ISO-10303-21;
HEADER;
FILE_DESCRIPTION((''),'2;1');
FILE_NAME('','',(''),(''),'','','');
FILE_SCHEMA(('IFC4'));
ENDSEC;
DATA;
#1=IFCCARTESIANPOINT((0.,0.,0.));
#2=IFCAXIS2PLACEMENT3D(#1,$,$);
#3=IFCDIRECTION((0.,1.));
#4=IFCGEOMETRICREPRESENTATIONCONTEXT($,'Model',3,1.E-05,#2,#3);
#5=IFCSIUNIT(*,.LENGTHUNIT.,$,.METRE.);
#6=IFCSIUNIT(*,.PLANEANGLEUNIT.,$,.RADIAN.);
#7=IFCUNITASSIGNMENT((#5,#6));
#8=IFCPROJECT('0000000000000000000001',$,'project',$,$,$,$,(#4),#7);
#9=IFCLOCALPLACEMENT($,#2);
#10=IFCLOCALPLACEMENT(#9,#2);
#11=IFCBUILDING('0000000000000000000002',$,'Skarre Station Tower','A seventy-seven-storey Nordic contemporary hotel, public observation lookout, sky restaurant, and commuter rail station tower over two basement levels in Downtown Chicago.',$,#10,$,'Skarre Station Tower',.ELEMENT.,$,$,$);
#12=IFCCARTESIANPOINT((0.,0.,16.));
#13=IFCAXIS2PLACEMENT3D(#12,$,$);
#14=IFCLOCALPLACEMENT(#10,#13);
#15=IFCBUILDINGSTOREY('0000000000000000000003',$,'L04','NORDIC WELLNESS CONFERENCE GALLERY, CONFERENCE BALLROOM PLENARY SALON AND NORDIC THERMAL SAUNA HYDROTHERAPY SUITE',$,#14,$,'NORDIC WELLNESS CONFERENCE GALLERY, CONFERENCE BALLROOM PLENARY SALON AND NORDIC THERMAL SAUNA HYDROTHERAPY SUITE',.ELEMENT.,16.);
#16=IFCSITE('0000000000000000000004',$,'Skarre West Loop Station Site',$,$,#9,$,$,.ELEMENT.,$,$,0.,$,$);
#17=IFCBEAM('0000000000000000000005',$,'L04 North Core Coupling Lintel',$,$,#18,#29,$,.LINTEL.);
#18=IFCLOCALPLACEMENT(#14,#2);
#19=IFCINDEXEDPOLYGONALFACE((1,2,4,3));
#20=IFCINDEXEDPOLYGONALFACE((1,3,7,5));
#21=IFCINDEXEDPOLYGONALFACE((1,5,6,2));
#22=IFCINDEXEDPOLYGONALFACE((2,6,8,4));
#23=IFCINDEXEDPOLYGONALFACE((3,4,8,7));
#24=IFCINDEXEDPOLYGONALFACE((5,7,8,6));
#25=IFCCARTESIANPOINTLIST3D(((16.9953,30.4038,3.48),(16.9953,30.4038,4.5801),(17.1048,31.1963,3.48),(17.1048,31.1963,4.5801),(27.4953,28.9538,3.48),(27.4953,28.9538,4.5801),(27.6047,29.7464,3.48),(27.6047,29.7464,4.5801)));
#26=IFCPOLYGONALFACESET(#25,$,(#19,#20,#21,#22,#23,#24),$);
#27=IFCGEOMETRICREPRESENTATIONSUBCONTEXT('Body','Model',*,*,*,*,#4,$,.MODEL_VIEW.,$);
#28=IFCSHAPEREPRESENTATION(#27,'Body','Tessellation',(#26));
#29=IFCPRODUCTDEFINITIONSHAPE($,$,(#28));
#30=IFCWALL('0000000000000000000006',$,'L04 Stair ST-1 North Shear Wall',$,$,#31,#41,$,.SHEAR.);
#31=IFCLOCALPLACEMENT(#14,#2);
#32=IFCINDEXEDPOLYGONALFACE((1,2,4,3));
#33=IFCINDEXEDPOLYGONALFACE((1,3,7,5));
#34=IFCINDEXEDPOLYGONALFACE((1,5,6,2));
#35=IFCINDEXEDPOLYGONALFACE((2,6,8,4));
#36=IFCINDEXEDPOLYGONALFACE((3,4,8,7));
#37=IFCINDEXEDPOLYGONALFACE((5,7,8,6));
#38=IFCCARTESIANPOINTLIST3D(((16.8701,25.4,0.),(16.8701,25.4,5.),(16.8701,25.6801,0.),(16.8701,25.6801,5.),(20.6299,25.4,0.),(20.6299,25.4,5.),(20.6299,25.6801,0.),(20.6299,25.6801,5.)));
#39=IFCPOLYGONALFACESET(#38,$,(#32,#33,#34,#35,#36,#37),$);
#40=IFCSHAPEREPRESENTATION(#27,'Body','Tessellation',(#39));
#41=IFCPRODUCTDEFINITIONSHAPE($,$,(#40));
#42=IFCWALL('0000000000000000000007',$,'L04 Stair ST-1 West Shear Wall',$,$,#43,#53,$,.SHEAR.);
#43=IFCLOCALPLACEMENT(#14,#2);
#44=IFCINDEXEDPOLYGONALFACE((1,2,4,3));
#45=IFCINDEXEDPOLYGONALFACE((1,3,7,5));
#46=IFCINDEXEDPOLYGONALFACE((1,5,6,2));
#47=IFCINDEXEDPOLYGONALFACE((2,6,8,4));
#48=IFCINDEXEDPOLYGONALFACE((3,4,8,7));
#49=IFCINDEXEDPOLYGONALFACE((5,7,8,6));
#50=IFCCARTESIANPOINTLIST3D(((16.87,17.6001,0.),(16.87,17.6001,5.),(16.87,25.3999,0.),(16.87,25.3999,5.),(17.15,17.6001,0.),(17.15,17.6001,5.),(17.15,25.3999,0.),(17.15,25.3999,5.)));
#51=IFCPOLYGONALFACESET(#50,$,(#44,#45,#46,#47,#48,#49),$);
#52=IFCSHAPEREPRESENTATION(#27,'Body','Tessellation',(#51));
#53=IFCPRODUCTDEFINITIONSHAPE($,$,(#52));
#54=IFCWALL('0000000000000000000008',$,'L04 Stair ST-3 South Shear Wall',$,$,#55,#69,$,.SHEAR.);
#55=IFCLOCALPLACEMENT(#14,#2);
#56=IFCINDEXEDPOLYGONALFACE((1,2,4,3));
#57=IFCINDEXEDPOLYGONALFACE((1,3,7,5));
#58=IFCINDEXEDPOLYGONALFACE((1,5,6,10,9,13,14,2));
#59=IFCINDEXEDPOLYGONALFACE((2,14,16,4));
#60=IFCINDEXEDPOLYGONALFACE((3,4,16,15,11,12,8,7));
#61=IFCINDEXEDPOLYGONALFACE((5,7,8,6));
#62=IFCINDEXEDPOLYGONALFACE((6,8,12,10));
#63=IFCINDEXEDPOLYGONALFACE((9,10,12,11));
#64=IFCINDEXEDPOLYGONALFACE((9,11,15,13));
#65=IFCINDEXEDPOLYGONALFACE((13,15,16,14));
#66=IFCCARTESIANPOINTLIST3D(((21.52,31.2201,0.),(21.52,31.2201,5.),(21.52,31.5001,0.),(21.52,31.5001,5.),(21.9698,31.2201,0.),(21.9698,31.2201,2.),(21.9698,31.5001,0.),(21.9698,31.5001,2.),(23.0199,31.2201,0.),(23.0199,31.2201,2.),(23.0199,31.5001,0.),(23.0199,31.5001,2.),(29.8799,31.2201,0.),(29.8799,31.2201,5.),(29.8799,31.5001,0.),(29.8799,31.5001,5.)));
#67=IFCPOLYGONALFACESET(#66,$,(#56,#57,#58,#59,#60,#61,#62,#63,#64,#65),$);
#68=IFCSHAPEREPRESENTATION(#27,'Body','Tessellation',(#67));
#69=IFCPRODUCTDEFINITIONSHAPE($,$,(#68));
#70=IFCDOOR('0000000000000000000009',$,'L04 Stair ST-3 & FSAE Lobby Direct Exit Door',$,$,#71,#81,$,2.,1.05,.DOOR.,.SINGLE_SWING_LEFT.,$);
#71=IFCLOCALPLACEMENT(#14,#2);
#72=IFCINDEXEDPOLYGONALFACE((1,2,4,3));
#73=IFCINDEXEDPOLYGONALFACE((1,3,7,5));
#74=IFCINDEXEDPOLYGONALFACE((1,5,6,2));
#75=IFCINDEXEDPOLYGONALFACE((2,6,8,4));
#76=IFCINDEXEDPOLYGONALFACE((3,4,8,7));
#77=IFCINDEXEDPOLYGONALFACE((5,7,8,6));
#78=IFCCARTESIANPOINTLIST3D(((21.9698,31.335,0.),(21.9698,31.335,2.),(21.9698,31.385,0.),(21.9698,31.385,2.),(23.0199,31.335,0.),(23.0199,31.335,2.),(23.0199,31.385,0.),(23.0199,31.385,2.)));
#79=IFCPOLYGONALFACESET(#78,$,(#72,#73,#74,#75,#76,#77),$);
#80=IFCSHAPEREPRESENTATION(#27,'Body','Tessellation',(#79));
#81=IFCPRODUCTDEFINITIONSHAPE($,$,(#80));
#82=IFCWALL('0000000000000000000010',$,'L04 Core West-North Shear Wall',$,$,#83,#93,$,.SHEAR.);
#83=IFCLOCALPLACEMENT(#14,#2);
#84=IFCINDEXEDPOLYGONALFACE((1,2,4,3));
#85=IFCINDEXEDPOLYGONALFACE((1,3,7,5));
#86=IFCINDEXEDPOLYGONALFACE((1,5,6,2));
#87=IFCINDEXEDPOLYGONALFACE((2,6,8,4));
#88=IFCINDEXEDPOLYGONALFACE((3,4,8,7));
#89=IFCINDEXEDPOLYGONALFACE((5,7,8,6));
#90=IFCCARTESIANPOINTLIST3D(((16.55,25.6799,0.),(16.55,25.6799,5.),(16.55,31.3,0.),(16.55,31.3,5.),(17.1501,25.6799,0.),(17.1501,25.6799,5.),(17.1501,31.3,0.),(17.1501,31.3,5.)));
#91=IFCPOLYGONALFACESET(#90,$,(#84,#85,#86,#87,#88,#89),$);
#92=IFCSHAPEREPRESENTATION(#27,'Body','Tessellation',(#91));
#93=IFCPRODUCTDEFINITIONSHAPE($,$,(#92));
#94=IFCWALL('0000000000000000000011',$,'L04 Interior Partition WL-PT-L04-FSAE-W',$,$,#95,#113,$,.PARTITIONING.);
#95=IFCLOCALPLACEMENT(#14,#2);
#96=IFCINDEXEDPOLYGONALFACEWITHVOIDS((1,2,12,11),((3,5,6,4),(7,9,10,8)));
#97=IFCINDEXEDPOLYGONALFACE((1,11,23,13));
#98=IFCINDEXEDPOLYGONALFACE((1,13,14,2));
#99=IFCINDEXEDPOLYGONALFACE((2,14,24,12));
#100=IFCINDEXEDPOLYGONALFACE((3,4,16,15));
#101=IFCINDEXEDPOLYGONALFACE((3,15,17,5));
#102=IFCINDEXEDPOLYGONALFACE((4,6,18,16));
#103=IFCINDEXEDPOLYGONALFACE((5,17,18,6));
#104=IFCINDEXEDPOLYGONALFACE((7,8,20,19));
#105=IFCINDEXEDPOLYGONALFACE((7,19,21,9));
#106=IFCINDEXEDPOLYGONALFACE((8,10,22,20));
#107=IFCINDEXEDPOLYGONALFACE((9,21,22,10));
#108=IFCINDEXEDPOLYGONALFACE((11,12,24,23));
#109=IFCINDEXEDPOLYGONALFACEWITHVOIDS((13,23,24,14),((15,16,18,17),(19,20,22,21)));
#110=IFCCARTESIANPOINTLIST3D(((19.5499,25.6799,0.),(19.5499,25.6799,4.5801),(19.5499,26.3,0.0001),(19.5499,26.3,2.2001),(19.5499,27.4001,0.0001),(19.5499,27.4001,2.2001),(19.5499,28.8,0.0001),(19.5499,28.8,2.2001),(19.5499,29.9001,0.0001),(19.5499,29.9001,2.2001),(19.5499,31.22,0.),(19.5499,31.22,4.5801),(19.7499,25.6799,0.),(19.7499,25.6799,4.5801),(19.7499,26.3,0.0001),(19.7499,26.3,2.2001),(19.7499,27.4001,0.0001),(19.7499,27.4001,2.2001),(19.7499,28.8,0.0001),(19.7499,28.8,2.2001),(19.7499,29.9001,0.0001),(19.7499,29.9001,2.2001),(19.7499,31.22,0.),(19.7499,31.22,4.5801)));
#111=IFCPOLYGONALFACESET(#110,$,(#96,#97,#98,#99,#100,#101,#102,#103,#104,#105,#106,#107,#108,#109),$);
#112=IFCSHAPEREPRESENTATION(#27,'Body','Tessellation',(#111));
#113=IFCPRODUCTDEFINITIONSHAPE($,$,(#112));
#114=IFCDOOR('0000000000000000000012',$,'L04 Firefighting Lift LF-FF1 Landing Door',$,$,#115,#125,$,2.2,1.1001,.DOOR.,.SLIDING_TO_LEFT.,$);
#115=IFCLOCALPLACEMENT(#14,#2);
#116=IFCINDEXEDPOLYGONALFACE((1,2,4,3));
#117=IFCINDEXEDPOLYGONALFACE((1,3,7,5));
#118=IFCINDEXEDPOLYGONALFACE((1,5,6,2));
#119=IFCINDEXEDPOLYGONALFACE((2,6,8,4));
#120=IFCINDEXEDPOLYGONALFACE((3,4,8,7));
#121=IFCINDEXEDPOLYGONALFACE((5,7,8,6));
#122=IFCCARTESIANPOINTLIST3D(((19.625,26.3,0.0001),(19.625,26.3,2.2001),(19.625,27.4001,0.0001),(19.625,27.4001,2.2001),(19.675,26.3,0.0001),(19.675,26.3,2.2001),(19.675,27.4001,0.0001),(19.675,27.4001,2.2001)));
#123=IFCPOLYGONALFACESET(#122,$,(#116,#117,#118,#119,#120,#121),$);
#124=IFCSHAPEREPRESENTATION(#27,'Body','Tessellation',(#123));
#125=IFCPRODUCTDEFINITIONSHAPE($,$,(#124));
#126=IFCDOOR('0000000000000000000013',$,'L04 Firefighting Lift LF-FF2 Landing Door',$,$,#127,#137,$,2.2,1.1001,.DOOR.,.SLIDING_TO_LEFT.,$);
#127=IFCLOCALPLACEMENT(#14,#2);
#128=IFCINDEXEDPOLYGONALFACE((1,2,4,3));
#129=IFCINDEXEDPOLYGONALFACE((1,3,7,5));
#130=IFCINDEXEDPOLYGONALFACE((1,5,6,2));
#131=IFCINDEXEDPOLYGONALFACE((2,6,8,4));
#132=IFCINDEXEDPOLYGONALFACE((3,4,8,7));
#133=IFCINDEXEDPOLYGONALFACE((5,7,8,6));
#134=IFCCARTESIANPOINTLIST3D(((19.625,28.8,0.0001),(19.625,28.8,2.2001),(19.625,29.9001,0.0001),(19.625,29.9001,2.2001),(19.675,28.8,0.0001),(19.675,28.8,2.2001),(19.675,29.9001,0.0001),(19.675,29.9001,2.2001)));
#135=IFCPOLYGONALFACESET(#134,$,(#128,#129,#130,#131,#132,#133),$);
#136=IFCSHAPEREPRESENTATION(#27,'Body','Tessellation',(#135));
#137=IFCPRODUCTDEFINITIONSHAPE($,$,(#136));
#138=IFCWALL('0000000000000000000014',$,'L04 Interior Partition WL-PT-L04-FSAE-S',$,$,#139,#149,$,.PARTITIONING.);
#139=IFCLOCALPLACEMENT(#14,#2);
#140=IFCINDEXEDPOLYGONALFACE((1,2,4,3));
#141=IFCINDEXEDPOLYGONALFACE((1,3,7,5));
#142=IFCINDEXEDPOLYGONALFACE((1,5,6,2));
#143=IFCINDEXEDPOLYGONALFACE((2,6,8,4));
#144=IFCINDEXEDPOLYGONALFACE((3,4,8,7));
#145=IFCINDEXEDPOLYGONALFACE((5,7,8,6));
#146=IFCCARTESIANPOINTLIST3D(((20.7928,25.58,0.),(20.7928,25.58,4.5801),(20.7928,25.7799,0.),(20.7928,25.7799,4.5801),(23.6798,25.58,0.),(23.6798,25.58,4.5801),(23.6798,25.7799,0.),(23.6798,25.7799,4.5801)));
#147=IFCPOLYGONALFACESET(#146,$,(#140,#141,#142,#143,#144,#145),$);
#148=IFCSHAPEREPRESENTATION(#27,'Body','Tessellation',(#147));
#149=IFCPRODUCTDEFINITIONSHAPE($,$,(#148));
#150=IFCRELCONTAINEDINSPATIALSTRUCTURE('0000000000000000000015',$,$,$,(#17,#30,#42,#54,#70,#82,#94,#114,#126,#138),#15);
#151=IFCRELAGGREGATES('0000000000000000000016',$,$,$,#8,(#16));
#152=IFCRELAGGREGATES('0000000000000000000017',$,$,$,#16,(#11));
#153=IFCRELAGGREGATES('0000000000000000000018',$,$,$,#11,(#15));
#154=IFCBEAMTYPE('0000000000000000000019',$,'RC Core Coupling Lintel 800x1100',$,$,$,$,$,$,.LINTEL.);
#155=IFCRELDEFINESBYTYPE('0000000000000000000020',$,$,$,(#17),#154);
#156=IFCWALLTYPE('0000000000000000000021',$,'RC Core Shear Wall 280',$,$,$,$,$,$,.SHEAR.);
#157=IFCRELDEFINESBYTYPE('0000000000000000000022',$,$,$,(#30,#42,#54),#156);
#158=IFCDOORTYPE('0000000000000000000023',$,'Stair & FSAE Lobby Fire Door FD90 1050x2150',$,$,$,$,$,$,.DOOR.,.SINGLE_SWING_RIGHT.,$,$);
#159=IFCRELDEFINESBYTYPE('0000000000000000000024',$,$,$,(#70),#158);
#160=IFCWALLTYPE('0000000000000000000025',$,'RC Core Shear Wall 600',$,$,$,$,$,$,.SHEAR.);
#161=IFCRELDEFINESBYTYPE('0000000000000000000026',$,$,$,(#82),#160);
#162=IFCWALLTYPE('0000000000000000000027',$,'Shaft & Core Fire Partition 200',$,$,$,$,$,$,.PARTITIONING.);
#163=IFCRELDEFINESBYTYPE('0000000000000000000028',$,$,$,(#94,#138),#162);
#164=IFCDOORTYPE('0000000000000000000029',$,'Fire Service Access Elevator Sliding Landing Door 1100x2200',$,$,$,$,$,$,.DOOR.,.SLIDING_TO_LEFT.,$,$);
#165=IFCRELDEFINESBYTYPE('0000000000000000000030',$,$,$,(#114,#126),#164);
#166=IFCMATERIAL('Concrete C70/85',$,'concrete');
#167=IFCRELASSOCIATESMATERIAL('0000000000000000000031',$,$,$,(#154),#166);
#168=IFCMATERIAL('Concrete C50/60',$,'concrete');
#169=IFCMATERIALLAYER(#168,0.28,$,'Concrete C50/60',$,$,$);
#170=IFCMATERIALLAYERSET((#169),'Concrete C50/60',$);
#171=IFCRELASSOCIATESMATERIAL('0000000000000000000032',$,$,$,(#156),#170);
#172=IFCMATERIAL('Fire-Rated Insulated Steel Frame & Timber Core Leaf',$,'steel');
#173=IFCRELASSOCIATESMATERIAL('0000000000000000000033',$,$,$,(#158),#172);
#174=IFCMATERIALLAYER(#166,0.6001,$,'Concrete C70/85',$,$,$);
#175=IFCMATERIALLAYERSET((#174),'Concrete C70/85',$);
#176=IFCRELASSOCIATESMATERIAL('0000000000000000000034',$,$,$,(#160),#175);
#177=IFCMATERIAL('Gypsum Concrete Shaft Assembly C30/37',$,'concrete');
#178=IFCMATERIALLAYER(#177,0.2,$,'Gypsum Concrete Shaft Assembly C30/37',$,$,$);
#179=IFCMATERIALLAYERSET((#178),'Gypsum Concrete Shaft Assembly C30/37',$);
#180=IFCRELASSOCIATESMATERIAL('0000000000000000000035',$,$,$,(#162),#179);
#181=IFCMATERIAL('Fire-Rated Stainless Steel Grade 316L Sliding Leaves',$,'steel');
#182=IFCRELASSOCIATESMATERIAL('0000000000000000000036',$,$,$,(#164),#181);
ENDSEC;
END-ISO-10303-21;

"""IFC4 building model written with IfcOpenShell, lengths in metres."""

from ifc_helpers import new_model, si_unit, direction, frame, frame_2d, origin, origin_2d, place, context, subcontext, project, spatial, rectangle, extrude, material, layer, layer_set, material_profile, profile_set, type_object, element, fill, save


model = new_model("IFC4")

# Units and contexts
model_context = context("Model", 3, precision=1e-05, world=origin(), true_north=direction((0.0, 1.0)))
body_context = subcontext(model_context, "Body", "Model", "MODEL_VIEW")
ifc_project = project(units=[si_unit("LENGTHUNIT", "METRE"), si_unit("PLANEANGLEUNIT", "RADIAN")], contexts=[model_context])

# Site, building, storey
site_placement = place(None, origin())
site = spatial("IfcSite", under=ifc_project, at=site_placement, Name="Skarre West Loop Station Site", CompositionType="ELEMENT", RefElevation=0.0)
building_placement = place(site_placement, origin())
building = spatial("IfcBuilding", under=site, at=building_placement, Name="Skarre Station Tower", Description="A seventy-seven-storey Nordic contemporary hotel, public observation lookout, sky restaurant, and commuter rail station tower over two basement levels in Downtown Chicago.", LongName="Skarre Station Tower", CompositionType="ELEMENT")
storey_placement = place(building_placement, frame((0.0, 0.0, 16.0)))
storey = spatial("IfcBuildingStorey", under=building, at=storey_placement, Name="L04", Description="NORDIC WELLNESS CONFERENCE GALLERY, CONFERENCE BALLROOM PLENARY SALON AND NORDIC THERMAL SAUNA HYDROTHERAPY SUITE", LongName="NORDIC WELLNESS CONFERENCE GALLERY, CONFERENCE BALLROOM PLENARY SALON AND NORDIC THERMAL SAUNA HYDROTHERAPY SUITE", CompositionType="ELEMENT", Elevation=16.0)

# Beam
ifc_material_1 = material(Name="Concrete C70/85", Category="concrete")
ifc_material_profile = material_profile(ifc_material_1, rectangle(XDim=0.8, YDim=1.1001, at=origin_2d()), Name="Concrete C70/85")
ifc_profile_set = profile_set([ifc_material_profile], Name="Concrete C70/85")
beam_type = type_object("IfcBeamType", Name="RC Core Coupling Lintel 800x1100", PredefinedType="LINTEL", material=ifc_profile_set)
beam_placement = place(storey_placement, frame((17.05, 30.8, 4.03), z_axis=(0.9906, -0.136792, 0.0), x_axis=(0.136792, 0.9906, 0.0)))
element("IfcBeam", 1, at=beam_placement, inside=storey, type_object=beam_type, Name="L04 North Core Coupling Lintel", PredefinedType="LINTEL", context=body_context, shape_type="SweptSolid", body=[
    extrude(rectangle(XDim=0.8, YDim=1.1001, at=origin_2d()), origin(), (0.0, 0.0, 1.0), 10.5996),
])

# Walls
ifc_material_2 = material(Name="Concrete C50/60", Category="concrete")
ifc_layer_1 = layer(ifc_material_2, 0.28, Name="Concrete C50/60")
ifc_layer_set_1 = layer_set([ifc_layer_1], Name="Concrete C50/60")
wall_type_1 = type_object("IfcWallType", Name="RC Core Shear Wall 280", PredefinedType="SHEAR", material=ifc_layer_set_1)
wall_1_placement = place(storey_placement, frame((20.6299, 25.54, 0.0), z_axis=(0.0, 0.0, 1.0), x_axis=(-1.0, 0.0, 0.0)))
element("IfcWall", 2, at=wall_1_placement, inside=storey, type_object=wall_type_1, Name="L04 Stair ST-1 North Shear Wall", PredefinedType="SHEAR", context=body_context, shape_type="SweptSolid", body=[
    extrude(rectangle(XDim=3.7598, YDim=0.28, at=frame_2d((1.8799, 0.0))), origin(), (0.0, 0.0, 1.0), 5.0),
])
wall_2_placement = place(storey_placement, frame((17.01, 25.3999, 0.0), z_axis=(0.0, 0.0, 1.0), x_axis=(0.0, -1.0, 0.0)))
element("IfcWall", 3, at=wall_2_placement, inside=storey, type_object=wall_type_1, Name="L04 Stair ST-1 West Shear Wall", PredefinedType="SHEAR", context=body_context, shape_type="SweptSolid", body=[
    extrude(rectangle(XDim=7.7998, YDim=0.28, at=frame_2d((3.8999, 0.0))), origin(), (0.0, 0.0, 1.0), 5.0),
])

# Wall, opening, door
wall_3_placement = place(storey_placement, frame((21.52, 31.3601, 0.0), z_axis=(0.0, 0.0, 1.0), x_axis=(1.0, 0.0, 0.0)))
wall_3 = element("IfcWall", 4, at=wall_3_placement, inside=storey, type_object=wall_type_1, Name="L04 Stair ST-3 South Shear Wall", PredefinedType="SHEAR", context=body_context, shape_type="SweptSolid", body=[
    extrude(rectangle(XDim=8.3599, YDim=0.28, at=frame_2d((4.1799, 0.0))), origin(), (0.0, 0.0, 1.0), 5.0),
])
opening_1_placement = place(wall_3_placement, frame((0.45, 0.0, 0.0)))
opening_1 = element("IfcOpeningElement", 5, at=opening_1_placement, cuts=wall_3, PredefinedType="OPENING", context=body_context, shape_type="SweptSolid", body=[
    extrude(rectangle(XDim=1.05, YDim=2.0, at=frame_2d((0.5249, 1.0))), frame((0.0, 0.1499, 0.0), z_axis=(0.0, -1.0, 0.0), x_axis=(1.0, 0.0, 0.0)), (0.0, 0.0, 1.0), 0.3),
])
ifc_material_3 = material(Name="Fire-Rated Insulated Steel Frame & Timber Core Leaf", Category="steel")
door_type_1 = type_object("IfcDoorType", Name="Stair & FSAE Lobby Fire Door FD90 1050x2150", OperationType="SINGLE_SWING_RIGHT", PredefinedType="DOOR", material=ifc_material_3)
door_1_placement = place(opening_1_placement, origin())
door_1 = element("IfcDoor", 6, at=door_1_placement, inside=storey, type_object=door_type_1, Name="L04 Stair ST-3 & FSAE Lobby Direct Exit Door", OperationType="SINGLE_SWING_LEFT", OverallHeight=2.0, OverallWidth=1.05, PredefinedType="DOOR", context=body_context, shape_type="SweptSolid", body=[
    extrude(rectangle(XDim=1.05, YDim=2.0, at=frame_2d((0.5249, 1.0))), frame((0.0, 0.0249, 0.0), z_axis=(0.0, -1.0, 0.0), x_axis=(1.0, 0.0, 0.0)), (0.0, 0.0, 1.0), 0.05),
])
fill(opening_1, door_1)

# Wall
ifc_layer_2 = layer(ifc_material_1, 0.6001, Name="Concrete C70/85")
ifc_layer_set_2 = layer_set([ifc_layer_2], Name="Concrete C70/85")
wall_type_2 = type_object("IfcWallType", Name="RC Core Shear Wall 600", PredefinedType="SHEAR", material=ifc_layer_set_2)
wall_4_placement = place(storey_placement, frame((16.8501, 25.6799, 0.0), z_axis=(0.0, 0.0, 1.0), x_axis=(0.0, 1.0, 0.0)))
element("IfcWall", 7, at=wall_4_placement, inside=storey, type_object=wall_type_2, Name="L04 Core West-North Shear Wall", PredefinedType="SHEAR", context=body_context, shape_type="SweptSolid", body=[
    extrude(rectangle(XDim=5.6201, YDim=0.6001, at=frame_2d((2.8101, 0.0))), origin(), (0.0, 0.0, 1.0), 5.0),
])

# Wall, openings, doors
ifc_material_4 = material(Name="Gypsum Concrete Shaft Assembly C30/37", Category="concrete")
ifc_layer_3 = layer(ifc_material_4, 0.2, Name="Gypsum Concrete Shaft Assembly C30/37")
ifc_layer_set_3 = layer_set([ifc_layer_3], Name="Gypsum Concrete Shaft Assembly C30/37")
wall_type_3 = type_object("IfcWallType", Name="Shaft & Core Fire Partition 200", PredefinedType="PARTITIONING", material=ifc_layer_set_3)
wall_5_placement = place(storey_placement, frame((19.6499, 25.6799, 0.0), z_axis=(0.0, 0.0, 1.0), x_axis=(0.0, 1.0, 0.0)))
wall_5 = element("IfcWall", 8, at=wall_5_placement, inside=storey, type_object=wall_type_3, Name="L04 Interior Partition WL-PT-L04-FSAE-W", PredefinedType="PARTITIONING", context=body_context, shape_type="SweptSolid", body=[
    extrude(rectangle(XDim=5.54, YDim=0.2, at=frame_2d((2.77, 0.0))), origin(), (0.0, 0.0, 1.0), 4.5801),
])
opening_2_placement = place(wall_5_placement, frame((0.6201, 0.0, 0.0)))
opening_2 = element("IfcOpeningElement", 9, at=opening_2_placement, cuts=wall_5, PredefinedType="OPENING", context=body_context, shape_type="SweptSolid", body=[
    extrude(rectangle(XDim=1.1001, YDim=2.2, at=frame_2d((0.55, 1.1001))), frame((0.0, 0.1099, 0.0), z_axis=(0.0, -1.0, 0.0), x_axis=(1.0, 0.0, 0.0)), (0.0, 0.0, 1.0), 0.22),
])
opening_3_placement = place(wall_5_placement, frame((3.1201, 0.0, 0.0)))
opening_3 = element("IfcOpeningElement", 10, at=opening_3_placement, cuts=wall_5, PredefinedType="OPENING", context=body_context, shape_type="SweptSolid", body=[
    extrude(rectangle(XDim=1.1001, YDim=2.2, at=frame_2d((0.55, 1.1001))), frame((0.0, 0.1099, 0.0), z_axis=(0.0, -1.0, 0.0), x_axis=(1.0, 0.0, 0.0)), (0.0, 0.0, 1.0), 0.22),
])
ifc_material_5 = material(Name="Fire-Rated Stainless Steel Grade 316L Sliding Leaves", Category="steel")
door_type_2 = type_object("IfcDoorType", Name="Fire Service Access Elevator Sliding Landing Door 1100x2200", OperationType="SLIDING_TO_LEFT", PredefinedType="DOOR", material=ifc_material_5)
door_2_placement = place(opening_2_placement, origin())
door_2 = element("IfcDoor", 11, at=door_2_placement, inside=storey, type_object=door_type_2, Name="L04 Firefighting Lift LF-FF1 Landing Door", OperationType="SLIDING_TO_LEFT", OverallHeight=2.2, OverallWidth=1.1001, PredefinedType="DOOR", context=body_context, shape_type="SweptSolid", body=[
    extrude(rectangle(XDim=1.1001, YDim=2.2, at=frame_2d((0.55, 1.1001))), frame((0.0, 0.0249, 0.0), z_axis=(0.0, -1.0, 0.0), x_axis=(1.0, 0.0, 0.0)), (0.0, 0.0, 1.0), 0.05),
])
fill(opening_2, door_2)
door_3_placement = place(opening_3_placement, origin())
door_3 = element("IfcDoor", 12, at=door_3_placement, inside=storey, type_object=door_type_2, Name="L04 Firefighting Lift LF-FF2 Landing Door", OperationType="SLIDING_TO_LEFT", OverallHeight=2.2, OverallWidth=1.1001, PredefinedType="DOOR", context=body_context, shape_type="SweptSolid", body=[
    extrude(rectangle(XDim=1.1001, YDim=2.2, at=frame_2d((0.55, 1.1001))), frame((0.0, 0.0249, 0.0), z_axis=(0.0, -1.0, 0.0), x_axis=(1.0, 0.0, 0.0)), (0.0, 0.0, 1.0), 0.05),
])
fill(opening_3, door_3)

# Wall
wall_6_placement = place(storey_placement, frame((20.793, 25.6799, 0.0), z_axis=(0.0, 0.0, 1.0), x_axis=(1.0, 0.0, 0.0)))
element("IfcWall", 13, at=wall_6_placement, inside=storey, type_object=wall_type_3, Name="L04 Interior Partition WL-PT-L04-FSAE-S", PredefinedType="PARTITIONING", context=body_context, shape_type="SweptSolid", body=[
    extrude(rectangle(XDim=2.887, YDim=0.2, at=frame_2d((1.4434, 0.0))), origin(), (0.0, 0.0, 1.0), 4.5801),
])

save(model, "model.ifc")
